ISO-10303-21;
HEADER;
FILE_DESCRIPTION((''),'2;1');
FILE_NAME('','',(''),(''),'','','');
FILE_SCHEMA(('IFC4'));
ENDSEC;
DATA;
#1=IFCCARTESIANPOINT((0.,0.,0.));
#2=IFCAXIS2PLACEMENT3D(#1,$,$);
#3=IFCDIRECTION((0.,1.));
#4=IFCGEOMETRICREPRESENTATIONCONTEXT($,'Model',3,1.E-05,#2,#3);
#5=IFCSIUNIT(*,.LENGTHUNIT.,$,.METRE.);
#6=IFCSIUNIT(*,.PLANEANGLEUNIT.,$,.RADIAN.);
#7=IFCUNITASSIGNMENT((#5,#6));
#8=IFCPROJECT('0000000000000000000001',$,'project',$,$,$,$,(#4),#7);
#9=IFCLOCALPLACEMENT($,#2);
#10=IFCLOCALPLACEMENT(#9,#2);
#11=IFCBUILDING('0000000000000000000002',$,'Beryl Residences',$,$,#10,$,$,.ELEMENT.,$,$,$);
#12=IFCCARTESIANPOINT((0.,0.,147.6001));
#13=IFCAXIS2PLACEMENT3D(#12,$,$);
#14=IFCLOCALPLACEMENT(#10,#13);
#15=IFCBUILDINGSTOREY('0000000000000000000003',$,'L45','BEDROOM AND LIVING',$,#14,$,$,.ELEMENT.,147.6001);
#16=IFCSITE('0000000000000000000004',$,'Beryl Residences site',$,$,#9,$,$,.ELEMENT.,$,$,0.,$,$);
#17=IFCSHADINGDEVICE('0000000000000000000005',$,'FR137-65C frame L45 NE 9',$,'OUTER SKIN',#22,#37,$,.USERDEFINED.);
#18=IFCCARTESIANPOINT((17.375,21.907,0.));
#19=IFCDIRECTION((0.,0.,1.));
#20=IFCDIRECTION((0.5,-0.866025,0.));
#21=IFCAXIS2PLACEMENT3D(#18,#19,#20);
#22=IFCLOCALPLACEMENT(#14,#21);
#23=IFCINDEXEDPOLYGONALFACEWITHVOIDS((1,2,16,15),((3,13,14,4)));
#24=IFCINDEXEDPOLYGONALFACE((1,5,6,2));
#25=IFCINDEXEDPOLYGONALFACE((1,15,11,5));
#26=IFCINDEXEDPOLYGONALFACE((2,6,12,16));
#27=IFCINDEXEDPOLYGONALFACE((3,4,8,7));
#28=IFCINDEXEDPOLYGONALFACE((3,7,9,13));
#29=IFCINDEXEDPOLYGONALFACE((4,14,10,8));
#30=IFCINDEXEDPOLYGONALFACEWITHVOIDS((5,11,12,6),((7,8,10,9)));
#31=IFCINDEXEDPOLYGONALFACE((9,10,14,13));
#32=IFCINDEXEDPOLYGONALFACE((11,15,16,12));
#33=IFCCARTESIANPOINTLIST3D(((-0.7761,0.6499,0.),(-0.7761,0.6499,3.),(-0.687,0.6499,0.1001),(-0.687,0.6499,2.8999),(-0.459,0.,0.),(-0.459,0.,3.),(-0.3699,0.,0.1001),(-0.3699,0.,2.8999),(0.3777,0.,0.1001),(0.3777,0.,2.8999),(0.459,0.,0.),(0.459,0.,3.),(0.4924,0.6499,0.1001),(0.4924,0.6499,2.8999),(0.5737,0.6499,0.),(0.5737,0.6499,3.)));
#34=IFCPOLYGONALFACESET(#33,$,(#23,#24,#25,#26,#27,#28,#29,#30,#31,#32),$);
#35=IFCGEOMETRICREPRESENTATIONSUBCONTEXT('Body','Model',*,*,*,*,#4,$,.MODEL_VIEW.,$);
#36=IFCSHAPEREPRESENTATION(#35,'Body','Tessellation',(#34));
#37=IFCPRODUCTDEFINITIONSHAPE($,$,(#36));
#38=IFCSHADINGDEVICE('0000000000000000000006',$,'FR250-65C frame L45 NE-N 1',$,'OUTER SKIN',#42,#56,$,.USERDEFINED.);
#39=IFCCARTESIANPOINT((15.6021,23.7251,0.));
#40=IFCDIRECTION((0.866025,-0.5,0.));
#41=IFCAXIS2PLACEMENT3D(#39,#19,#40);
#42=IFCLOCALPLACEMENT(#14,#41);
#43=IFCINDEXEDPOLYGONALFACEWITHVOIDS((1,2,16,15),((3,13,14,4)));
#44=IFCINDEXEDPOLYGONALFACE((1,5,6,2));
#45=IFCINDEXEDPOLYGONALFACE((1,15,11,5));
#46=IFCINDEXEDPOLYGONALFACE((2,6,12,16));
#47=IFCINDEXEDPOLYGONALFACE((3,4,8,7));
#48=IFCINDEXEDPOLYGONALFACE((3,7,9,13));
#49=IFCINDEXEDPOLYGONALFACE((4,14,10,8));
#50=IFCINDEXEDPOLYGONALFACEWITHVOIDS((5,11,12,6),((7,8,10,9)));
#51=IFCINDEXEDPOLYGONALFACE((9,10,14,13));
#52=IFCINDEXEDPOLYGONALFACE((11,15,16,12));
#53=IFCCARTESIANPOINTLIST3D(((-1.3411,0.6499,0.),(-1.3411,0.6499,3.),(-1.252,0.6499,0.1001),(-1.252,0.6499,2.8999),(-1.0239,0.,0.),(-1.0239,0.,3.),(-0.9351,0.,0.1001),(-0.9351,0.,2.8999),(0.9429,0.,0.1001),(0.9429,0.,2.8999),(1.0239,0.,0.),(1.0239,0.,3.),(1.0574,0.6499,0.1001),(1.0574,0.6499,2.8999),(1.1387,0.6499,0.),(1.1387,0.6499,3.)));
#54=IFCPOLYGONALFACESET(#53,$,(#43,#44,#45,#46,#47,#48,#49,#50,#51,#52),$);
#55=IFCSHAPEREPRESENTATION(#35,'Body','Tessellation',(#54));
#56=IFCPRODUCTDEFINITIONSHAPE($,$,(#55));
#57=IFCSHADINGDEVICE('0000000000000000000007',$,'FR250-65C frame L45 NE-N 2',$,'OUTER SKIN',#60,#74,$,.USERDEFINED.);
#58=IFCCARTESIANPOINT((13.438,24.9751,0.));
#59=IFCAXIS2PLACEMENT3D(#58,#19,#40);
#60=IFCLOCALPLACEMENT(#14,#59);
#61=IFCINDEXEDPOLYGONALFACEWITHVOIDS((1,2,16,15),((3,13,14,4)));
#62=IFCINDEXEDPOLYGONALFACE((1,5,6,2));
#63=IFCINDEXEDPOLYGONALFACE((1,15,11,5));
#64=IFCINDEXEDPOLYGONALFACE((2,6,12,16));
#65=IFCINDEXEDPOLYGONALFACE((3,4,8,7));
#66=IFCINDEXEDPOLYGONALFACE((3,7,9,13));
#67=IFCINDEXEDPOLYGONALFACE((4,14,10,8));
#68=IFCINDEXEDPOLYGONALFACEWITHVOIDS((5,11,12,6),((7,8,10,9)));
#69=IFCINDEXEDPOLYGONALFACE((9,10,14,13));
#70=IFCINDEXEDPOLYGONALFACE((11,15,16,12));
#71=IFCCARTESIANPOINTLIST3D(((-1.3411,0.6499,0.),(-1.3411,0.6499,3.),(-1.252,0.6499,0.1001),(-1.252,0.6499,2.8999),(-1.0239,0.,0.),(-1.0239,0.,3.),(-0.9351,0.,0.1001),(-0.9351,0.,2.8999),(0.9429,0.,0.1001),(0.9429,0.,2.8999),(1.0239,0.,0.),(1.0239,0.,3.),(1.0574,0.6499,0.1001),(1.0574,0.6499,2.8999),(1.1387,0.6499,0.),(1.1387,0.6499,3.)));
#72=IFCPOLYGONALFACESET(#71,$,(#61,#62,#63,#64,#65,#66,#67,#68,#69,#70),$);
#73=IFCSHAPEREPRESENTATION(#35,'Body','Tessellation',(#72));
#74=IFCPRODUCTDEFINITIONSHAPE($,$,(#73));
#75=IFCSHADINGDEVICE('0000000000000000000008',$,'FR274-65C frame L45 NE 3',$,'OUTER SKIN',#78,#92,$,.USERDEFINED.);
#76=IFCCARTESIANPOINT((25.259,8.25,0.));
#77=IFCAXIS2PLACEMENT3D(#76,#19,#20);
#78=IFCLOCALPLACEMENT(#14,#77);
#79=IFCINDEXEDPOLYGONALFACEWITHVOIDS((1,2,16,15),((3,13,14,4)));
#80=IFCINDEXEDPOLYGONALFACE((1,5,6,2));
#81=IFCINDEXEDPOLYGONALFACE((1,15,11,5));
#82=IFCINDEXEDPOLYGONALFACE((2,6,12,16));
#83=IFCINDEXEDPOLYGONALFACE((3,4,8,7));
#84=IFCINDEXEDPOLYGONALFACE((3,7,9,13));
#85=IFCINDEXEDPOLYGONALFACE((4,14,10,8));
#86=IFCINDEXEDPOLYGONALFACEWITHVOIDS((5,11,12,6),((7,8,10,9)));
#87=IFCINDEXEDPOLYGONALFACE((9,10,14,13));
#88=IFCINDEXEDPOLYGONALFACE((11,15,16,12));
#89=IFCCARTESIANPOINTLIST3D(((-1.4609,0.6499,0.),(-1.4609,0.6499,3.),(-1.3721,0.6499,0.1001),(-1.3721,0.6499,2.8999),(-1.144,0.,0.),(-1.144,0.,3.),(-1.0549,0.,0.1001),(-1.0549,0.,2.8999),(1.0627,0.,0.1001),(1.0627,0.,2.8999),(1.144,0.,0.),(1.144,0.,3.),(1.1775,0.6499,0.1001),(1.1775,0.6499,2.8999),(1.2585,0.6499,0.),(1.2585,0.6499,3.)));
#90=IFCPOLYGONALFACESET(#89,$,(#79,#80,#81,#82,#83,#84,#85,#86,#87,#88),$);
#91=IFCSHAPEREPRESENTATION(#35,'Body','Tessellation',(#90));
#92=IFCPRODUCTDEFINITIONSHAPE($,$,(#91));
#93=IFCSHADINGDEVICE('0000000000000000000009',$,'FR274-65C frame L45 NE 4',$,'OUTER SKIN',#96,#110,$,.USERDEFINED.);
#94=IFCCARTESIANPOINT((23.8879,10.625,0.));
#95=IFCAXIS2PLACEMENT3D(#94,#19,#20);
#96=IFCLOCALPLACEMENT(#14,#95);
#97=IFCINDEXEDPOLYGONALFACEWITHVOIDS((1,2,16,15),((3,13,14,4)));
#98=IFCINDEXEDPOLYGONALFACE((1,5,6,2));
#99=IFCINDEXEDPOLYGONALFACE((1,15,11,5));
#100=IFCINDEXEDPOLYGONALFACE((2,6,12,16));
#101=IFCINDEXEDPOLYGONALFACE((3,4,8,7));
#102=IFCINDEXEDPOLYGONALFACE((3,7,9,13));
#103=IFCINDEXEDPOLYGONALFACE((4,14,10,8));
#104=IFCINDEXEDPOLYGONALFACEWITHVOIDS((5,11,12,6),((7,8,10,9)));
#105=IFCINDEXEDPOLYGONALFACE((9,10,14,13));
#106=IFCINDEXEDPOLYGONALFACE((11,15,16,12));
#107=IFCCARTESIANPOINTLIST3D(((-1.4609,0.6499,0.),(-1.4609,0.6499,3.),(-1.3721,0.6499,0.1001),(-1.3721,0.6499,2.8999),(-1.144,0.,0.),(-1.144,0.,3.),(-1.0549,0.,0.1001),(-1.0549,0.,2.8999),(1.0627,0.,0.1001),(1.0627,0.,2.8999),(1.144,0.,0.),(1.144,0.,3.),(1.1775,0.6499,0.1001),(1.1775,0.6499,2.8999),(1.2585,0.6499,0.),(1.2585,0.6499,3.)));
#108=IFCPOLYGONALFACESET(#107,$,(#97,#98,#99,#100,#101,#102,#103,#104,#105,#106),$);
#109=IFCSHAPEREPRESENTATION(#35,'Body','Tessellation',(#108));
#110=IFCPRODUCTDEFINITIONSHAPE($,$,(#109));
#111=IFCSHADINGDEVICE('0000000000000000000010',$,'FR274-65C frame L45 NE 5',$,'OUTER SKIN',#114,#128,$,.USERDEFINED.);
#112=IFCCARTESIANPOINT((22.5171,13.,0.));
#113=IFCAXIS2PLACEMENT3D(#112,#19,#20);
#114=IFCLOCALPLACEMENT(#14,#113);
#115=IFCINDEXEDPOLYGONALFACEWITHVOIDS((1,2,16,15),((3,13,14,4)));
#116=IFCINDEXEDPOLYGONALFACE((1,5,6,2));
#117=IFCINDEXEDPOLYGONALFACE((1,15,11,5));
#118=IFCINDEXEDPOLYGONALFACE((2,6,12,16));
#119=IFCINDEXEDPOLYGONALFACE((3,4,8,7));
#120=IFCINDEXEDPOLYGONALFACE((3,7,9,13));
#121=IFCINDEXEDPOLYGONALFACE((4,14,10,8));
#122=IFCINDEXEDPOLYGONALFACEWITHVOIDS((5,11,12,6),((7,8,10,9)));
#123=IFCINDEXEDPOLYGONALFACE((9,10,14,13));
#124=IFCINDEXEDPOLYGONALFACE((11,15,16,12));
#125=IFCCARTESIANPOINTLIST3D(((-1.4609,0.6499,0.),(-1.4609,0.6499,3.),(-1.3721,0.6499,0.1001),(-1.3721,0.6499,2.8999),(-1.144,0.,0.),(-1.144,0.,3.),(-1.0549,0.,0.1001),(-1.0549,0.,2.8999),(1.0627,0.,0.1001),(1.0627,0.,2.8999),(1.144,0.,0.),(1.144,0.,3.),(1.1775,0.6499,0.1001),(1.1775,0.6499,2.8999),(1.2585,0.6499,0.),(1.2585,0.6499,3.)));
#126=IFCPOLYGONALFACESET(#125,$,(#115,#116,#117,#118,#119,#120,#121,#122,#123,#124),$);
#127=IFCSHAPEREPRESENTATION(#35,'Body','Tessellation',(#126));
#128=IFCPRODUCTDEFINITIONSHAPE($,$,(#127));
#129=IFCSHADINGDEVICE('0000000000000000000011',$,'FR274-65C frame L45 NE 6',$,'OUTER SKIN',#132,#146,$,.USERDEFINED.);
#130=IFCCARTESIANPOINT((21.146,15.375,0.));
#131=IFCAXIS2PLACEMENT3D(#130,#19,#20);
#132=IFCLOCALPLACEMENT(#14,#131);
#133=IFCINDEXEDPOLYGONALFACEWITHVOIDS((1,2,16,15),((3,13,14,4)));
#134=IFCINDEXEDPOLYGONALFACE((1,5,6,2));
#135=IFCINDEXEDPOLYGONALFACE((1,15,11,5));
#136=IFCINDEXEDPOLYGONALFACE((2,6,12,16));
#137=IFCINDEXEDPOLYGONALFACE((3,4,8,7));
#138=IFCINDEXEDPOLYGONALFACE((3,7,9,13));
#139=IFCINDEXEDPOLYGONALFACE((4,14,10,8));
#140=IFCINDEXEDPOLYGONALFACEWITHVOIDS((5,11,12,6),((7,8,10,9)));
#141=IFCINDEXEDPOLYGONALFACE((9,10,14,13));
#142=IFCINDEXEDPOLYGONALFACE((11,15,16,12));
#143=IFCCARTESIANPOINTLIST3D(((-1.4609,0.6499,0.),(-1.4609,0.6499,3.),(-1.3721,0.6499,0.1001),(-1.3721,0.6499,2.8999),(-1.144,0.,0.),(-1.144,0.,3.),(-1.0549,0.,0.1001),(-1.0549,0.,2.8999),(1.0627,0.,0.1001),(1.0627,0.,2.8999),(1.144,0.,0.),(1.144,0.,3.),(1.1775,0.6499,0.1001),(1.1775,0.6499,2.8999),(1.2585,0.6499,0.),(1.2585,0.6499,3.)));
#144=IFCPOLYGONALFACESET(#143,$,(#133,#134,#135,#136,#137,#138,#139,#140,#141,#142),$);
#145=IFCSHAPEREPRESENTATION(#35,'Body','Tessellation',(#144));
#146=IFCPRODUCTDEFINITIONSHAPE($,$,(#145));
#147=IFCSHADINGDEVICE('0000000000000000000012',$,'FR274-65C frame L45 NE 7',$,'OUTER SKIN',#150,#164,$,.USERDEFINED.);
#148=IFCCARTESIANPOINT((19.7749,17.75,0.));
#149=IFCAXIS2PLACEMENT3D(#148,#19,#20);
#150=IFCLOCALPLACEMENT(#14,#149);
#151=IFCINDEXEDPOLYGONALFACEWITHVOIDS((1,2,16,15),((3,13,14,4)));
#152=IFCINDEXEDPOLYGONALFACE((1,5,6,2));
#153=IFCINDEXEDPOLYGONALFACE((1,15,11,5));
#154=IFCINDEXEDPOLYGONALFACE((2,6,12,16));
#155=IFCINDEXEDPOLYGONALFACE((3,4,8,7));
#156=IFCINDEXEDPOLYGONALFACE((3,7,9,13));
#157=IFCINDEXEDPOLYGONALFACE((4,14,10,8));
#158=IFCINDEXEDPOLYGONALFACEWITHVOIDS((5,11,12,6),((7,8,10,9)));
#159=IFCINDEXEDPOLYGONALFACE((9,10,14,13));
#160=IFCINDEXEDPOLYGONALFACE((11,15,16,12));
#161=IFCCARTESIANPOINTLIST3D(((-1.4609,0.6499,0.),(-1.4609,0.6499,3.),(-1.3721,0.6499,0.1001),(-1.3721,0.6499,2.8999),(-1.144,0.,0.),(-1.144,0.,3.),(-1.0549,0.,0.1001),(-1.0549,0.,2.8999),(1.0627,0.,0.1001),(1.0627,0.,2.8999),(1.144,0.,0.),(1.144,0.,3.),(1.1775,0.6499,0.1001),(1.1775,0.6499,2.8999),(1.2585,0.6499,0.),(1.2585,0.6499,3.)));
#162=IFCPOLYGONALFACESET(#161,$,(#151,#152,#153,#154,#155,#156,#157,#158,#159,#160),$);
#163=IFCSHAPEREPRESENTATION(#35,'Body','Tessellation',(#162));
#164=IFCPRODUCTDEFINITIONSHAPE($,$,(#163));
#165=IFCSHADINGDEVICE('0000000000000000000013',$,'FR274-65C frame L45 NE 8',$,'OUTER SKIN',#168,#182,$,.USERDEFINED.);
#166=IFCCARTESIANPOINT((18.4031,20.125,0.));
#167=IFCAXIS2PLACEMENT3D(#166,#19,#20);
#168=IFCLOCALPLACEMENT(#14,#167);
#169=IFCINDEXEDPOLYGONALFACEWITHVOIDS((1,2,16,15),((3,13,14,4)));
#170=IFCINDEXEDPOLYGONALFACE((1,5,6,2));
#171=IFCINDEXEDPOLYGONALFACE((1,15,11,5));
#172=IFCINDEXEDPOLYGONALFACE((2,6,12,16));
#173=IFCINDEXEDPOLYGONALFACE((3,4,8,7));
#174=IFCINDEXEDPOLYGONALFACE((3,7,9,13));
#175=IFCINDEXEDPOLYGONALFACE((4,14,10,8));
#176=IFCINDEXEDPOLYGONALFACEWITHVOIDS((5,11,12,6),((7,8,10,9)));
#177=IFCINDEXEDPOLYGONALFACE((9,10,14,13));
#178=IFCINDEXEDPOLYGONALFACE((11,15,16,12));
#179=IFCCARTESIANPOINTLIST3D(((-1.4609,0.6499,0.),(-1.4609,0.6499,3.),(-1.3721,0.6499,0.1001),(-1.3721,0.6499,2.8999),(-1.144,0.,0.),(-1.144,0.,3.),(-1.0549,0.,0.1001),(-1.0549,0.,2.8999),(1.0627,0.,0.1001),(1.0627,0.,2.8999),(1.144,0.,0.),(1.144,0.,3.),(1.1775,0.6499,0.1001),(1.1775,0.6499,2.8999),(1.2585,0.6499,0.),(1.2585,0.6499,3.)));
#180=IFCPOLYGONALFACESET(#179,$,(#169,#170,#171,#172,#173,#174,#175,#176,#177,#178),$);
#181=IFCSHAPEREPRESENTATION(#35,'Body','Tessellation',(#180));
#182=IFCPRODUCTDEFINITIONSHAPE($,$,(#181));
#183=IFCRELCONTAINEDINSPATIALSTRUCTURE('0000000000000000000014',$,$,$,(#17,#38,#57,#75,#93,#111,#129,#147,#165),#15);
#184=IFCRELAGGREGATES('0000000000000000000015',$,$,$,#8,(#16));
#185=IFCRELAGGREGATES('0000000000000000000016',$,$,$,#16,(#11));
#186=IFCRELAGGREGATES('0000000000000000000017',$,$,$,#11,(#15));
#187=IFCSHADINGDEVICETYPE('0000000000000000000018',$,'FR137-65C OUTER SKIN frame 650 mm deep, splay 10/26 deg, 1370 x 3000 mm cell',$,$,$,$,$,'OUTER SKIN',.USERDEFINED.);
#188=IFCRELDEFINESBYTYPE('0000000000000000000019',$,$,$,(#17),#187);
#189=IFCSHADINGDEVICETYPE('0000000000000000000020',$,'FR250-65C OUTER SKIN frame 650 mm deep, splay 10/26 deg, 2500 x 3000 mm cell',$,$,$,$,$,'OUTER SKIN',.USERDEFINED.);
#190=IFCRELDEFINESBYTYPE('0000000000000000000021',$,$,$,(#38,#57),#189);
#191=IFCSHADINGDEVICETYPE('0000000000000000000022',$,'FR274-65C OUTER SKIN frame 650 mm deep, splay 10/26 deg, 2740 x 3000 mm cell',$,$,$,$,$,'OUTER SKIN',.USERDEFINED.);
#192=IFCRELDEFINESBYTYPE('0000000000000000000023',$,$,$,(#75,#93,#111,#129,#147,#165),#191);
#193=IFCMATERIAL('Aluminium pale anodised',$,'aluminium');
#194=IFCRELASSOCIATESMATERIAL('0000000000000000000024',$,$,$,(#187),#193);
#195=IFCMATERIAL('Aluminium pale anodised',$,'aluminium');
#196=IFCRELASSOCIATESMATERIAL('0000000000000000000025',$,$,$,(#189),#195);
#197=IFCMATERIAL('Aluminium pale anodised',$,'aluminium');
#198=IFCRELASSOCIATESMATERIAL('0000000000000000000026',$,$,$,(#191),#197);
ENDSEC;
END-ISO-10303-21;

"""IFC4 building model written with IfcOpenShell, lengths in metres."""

from ifc_helpers import new_model, entity, si_unit, direction, frame, origin, place, context, subcontext, project, spatial, source, transform, mapped, material, type_object, type_shapes, element, save


model = new_model("IFC4")

# Units and contexts
model_context = context("Model", 3, precision=1e-05, world=origin(), true_north=direction((0.0, 1.0)))
body_context = subcontext(model_context, "Body", "Model", "MODEL_VIEW")
ifc_project = project(units=[si_unit("LENGTHUNIT", "METRE"), si_unit("PLANEANGLEUNIT", "RADIAN")], contexts=[model_context])

# Site, building, storey
site_placement = place(None, origin())
site = spatial("IfcSite", under=ifc_project, at=site_placement, Name="Beryl Residences site", CompositionType="ELEMENT", RefElevation=0.0)
building_placement = place(site_placement, origin())
building = spatial("IfcBuilding", under=site, at=building_placement, Name="Beryl Residences", CompositionType="ELEMENT")
storey_placement = place(building_placement, frame((0.0, 0.0, 147.6001)))
storey = spatial("IfcBuildingStorey", under=building, at=storey_placement, Name="L45", Description="BEDROOM AND LIVING", CompositionType="ELEMENT", Elevation=147.6001)

# Shading devices
ifc_material_1 = material(Name="Aluminium pale anodised", Category="aluminium")
shading_device_type_1 = type_object("IfcShadingDeviceType", Name="FR137-65C OUTER SKIN frame 650 mm deep, splay 10/26 deg, 1370 x 3000 mm cell", ElementType="OUTER SKIN", PredefinedType="USERDEFINED", material=ifc_material_1)
cartesian_point_1 = entity("IfcCartesianPoint", [-0.459, 0.0])
cartesian_point_2 = entity("IfcCartesianPoint", [-0.3777, 0.1001])
cartesian_point_3 = entity("IfcCartesianPoint", [-0.5737, 0.0])
cartesian_point_4 = entity("IfcCartesianPoint", [-0.4924, 0.1001])
shared_shape_1 = source(origin(), body_context, "Body", "SweptSolid", [
    entity("IfcExtrudedAreaSolidTapered", entity("IfcArbitraryProfileDefWithVoids", "AREA", None, entity("IfcPolyline", [cartesian_point_1, entity("IfcCartesianPoint", [0.459, 0.0]), entity("IfcCartesianPoint", [0.459, 3.0]), entity("IfcCartesianPoint", [-0.459, 3.0]), cartesian_point_1]), [entity("IfcPolyline", [cartesian_point_2, entity("IfcCartesianPoint", [0.3699, 0.1001]), entity("IfcCartesianPoint", [0.3699, 2.8999]), entity("IfcCartesianPoint", [-0.3777, 2.8999]), cartesian_point_2])]), entity("IfcAxis2Placement3D", entity("IfcCartesianPoint", [0.0, 0.0, 0.0]), entity("IfcDirection", [0.0, 1.0, 0.0]), entity("IfcDirection", [-1.0, 0.0, 0.0])), entity("IfcDirection", [0.0, 0.0, 1.0]), 0.6499, entity("IfcArbitraryProfileDefWithVoids", "AREA", None, entity("IfcPolyline", [cartesian_point_3, entity("IfcCartesianPoint", [0.7761, 0.0]), entity("IfcCartesianPoint", [0.7761, 3.0]), entity("IfcCartesianPoint", [-0.5737, 3.0]), cartesian_point_3]), [entity("IfcPolyline", [cartesian_point_4, entity("IfcCartesianPoint", [0.687, 0.1001]), entity("IfcCartesianPoint", [0.687, 2.8999]), entity("IfcCartesianPoint", [-0.4924, 2.8999]), cartesian_point_4])])),
])
type_shapes(shading_device_type_1, [shared_shape_1])
shading_device_placement = place(storey_placement, frame((17.375, 21.907, 0.0), z_axis=(0.0, 0.0, 1.0), x_axis=(0.5, -0.866025, 0.0)))
element("IfcShadingDevice", 1, at=shading_device_placement, inside=storey, type_object=shading_device_type_1, Name="FR137-65C frame L45 NE 9", ObjectType="OUTER SKIN", PredefinedType="USERDEFINED", context=body_context, shape_type="MappedRepresentation", body=[
    mapped(shared_shape_1, transform((0.0, 0.0, 0.0))),
])
ifc_material_2 = material(Name="Aluminium pale anodised", Category="aluminium")
shading_device_type_2 = type_object("IfcShadingDeviceType", Name="FR250-65C OUTER SKIN frame 650 mm deep, splay 10/26 deg, 2500 x 3000 mm cell", ElementType="OUTER SKIN", PredefinedType="USERDEFINED", material=ifc_material_2)
cartesian_point_5 = entity("IfcCartesianPoint", [-1.0239, 0.0])
cartesian_point_6 = entity("IfcCartesianPoint", [-0.9429, 0.1001])
cartesian_point_7 = entity("IfcCartesianPoint", [-1.1387, 0.0])
cartesian_point_8 = entity("IfcCartesianPoint", [-1.0574, 0.1001])
shared_shape_2 = source(origin(), body_context, "Body", "SweptSolid", [
    entity("IfcExtrudedAreaSolidTapered", entity("IfcArbitraryProfileDefWithVoids", "AREA", None, entity("IfcPolyline", [cartesian_point_5, entity("IfcCartesianPoint", [1.0239, 0.0]), entity("IfcCartesianPoint", [1.0239, 3.0]), entity("IfcCartesianPoint", [-1.0239, 3.0]), cartesian_point_5]), [entity("IfcPolyline", [cartesian_point_6, entity("IfcCartesianPoint", [0.9351, 0.1001]), entity("IfcCartesianPoint", [0.9351, 2.8999]), entity("IfcCartesianPoint", [-0.9429, 2.8999]), cartesian_point_6])]), entity("IfcAxis2Placement3D", entity("IfcCartesianPoint", [0.0, 0.0, 0.0]), entity("IfcDirection", [0.0, 1.0, 0.0]), entity("IfcDirection", [-1.0, 0.0, 0.0])), entity("IfcDirection", [0.0, 0.0, 1.0]), 0.6499, entity("IfcArbitraryProfileDefWithVoids", "AREA", None, entity("IfcPolyline", [cartesian_point_7, entity("IfcCartesianPoint", [1.3411, 0.0]), entity("IfcCartesianPoint", [1.3411, 3.0]), entity("IfcCartesianPoint", [-1.1387, 3.0]), cartesian_point_7]), [entity("IfcPolyline", [cartesian_point_8, entity("IfcCartesianPoint", [1.252, 0.1001]), entity("IfcCartesianPoint", [1.252, 2.8999]), entity("IfcCartesianPoint", [-1.0574, 2.8999]), cartesian_point_8])])),
])
type_shapes(shading_device_type_2, [shared_shape_2])
for number, where, z_axis, x_axis, name in (
    (2, (15.6021, 23.7251, 0.0), (0.0, 0.0, 1.0), (0.866025, -0.5, 0.0), "FR250-65C frame L45 NE-N 1"),
    (3, (13.438, 24.9751, 0.0), (0.0, 0.0, 1.0), (0.866025, -0.5, 0.0), "FR250-65C frame L45 NE-N 2"),
):
    element("IfcShadingDevice", number, at=place(storey_placement, frame(where, z_axis=z_axis, x_axis=x_axis)), inside=storey, type_object=shading_device_type_2, Name=name, ObjectType="OUTER SKIN", PredefinedType="USERDEFINED", context=body_context, shape_type="MappedRepresentation", body=[
        mapped(shared_shape_2, transform((0.0, 0.0, 0.0))),
    ])
ifc_material_3 = material(Name="Aluminium pale anodised", Category="aluminium")
shading_device_type_3 = type_object("IfcShadingDeviceType", Name="FR274-65C OUTER SKIN frame 650 mm deep, splay 10/26 deg, 2740 x 3000 mm cell", ElementType="OUTER SKIN", PredefinedType="USERDEFINED", material=ifc_material_3)
cartesian_point_9 = entity("IfcCartesianPoint", [-1.144, 0.0])
cartesian_point_10 = entity("IfcCartesianPoint", [-1.0627, 0.1001])
cartesian_point_11 = entity("IfcCartesianPoint", [-1.2585, 0.0])
cartesian_point_12 = entity("IfcCartesianPoint", [-1.1775, 0.1001])
shared_shape_3 = source(origin(), body_context, "Body", "SweptSolid", [
    entity("IfcExtrudedAreaSolidTapered", entity("IfcArbitraryProfileDefWithVoids", "AREA", None, entity("IfcPolyline", [cartesian_point_9, entity("IfcCartesianPoint", [1.144, 0.0]), entity("IfcCartesianPoint", [1.144, 3.0]), entity("IfcCartesianPoint", [-1.144, 3.0]), cartesian_point_9]), [entity("IfcPolyline", [cartesian_point_10, entity("IfcCartesianPoint", [1.0549, 0.1001]), entity("IfcCartesianPoint", [1.0549, 2.8999]), entity("IfcCartesianPoint", [-1.0627, 2.8999]), cartesian_point_10])]), entity("IfcAxis2Placement3D", entity("IfcCartesianPoint", [0.0, 0.0, 0.0]), entity("IfcDirection", [0.0, 1.0, 0.0]), entity("IfcDirection", [-1.0, 0.0, 0.0])), entity("IfcDirection", [0.0, 0.0, 1.0]), 0.6499, entity("IfcArbitraryProfileDefWithVoids", "AREA", None, entity("IfcPolyline", [cartesian_point_11, entity("IfcCartesianPoint", [1.4609, 0.0]), entity("IfcCartesianPoint", [1.4609, 3.0]), entity("IfcCartesianPoint", [-1.2585, 3.0]), cartesian_point_11]), [entity("IfcPolyline", [cartesian_point_12, entity("IfcCartesianPoint", [1.3721, 0.1001]), entity("IfcCartesianPoint", [1.3721, 2.8999]), entity("IfcCartesianPoint", [-1.1775, 2.8999]), cartesian_point_12])])),
])
type_shapes(shading_device_type_3, [shared_shape_3])
for number, where, z_axis, x_axis, name in (
    (4, (25.259, 8.25, 0.0), (0.0, 0.0, 1.0), (0.5, -0.866025, 0.0), "FR274-65C frame L45 NE 3"),
    (5, (23.8879, 10.625, 0.0), (0.0, 0.0, 1.0), (0.5, -0.866025, 0.0), "FR274-65C frame L45 NE 4"),
    (6, (22.5171, 13.0, 0.0), (0.0, 0.0, 1.0), (0.5, -0.866025, 0.0), "FR274-65C frame L45 NE 5"),
    (7, (21.146, 15.375, 0.0), (0.0, 0.0, 1.0), (0.5, -0.866025, 0.0), "FR274-65C frame L45 NE 6"),
    (8, (19.7749, 17.75, 0.0), (0.0, 0.0, 1.0), (0.5, -0.866025, 0.0), "FR274-65C frame L45 NE 7"),
    (9, (18.4031, 20.125, 0.0), (0.0, 0.0, 1.0), (0.5, -0.866025, 0.0), "FR274-65C frame L45 NE 8"),
):
    element("IfcShadingDevice", number, at=place(storey_placement, frame(where, z_axis=z_axis, x_axis=x_axis)), inside=storey, type_object=shading_device_type_3, Name=name, ObjectType="OUTER SKIN", PredefinedType="USERDEFINED", context=body_context, shape_type="MappedRepresentation", body=[
        mapped(shared_shape_3, transform((0.0, 0.0, 0.0))),
    ])

save(model, "model.ifc")
